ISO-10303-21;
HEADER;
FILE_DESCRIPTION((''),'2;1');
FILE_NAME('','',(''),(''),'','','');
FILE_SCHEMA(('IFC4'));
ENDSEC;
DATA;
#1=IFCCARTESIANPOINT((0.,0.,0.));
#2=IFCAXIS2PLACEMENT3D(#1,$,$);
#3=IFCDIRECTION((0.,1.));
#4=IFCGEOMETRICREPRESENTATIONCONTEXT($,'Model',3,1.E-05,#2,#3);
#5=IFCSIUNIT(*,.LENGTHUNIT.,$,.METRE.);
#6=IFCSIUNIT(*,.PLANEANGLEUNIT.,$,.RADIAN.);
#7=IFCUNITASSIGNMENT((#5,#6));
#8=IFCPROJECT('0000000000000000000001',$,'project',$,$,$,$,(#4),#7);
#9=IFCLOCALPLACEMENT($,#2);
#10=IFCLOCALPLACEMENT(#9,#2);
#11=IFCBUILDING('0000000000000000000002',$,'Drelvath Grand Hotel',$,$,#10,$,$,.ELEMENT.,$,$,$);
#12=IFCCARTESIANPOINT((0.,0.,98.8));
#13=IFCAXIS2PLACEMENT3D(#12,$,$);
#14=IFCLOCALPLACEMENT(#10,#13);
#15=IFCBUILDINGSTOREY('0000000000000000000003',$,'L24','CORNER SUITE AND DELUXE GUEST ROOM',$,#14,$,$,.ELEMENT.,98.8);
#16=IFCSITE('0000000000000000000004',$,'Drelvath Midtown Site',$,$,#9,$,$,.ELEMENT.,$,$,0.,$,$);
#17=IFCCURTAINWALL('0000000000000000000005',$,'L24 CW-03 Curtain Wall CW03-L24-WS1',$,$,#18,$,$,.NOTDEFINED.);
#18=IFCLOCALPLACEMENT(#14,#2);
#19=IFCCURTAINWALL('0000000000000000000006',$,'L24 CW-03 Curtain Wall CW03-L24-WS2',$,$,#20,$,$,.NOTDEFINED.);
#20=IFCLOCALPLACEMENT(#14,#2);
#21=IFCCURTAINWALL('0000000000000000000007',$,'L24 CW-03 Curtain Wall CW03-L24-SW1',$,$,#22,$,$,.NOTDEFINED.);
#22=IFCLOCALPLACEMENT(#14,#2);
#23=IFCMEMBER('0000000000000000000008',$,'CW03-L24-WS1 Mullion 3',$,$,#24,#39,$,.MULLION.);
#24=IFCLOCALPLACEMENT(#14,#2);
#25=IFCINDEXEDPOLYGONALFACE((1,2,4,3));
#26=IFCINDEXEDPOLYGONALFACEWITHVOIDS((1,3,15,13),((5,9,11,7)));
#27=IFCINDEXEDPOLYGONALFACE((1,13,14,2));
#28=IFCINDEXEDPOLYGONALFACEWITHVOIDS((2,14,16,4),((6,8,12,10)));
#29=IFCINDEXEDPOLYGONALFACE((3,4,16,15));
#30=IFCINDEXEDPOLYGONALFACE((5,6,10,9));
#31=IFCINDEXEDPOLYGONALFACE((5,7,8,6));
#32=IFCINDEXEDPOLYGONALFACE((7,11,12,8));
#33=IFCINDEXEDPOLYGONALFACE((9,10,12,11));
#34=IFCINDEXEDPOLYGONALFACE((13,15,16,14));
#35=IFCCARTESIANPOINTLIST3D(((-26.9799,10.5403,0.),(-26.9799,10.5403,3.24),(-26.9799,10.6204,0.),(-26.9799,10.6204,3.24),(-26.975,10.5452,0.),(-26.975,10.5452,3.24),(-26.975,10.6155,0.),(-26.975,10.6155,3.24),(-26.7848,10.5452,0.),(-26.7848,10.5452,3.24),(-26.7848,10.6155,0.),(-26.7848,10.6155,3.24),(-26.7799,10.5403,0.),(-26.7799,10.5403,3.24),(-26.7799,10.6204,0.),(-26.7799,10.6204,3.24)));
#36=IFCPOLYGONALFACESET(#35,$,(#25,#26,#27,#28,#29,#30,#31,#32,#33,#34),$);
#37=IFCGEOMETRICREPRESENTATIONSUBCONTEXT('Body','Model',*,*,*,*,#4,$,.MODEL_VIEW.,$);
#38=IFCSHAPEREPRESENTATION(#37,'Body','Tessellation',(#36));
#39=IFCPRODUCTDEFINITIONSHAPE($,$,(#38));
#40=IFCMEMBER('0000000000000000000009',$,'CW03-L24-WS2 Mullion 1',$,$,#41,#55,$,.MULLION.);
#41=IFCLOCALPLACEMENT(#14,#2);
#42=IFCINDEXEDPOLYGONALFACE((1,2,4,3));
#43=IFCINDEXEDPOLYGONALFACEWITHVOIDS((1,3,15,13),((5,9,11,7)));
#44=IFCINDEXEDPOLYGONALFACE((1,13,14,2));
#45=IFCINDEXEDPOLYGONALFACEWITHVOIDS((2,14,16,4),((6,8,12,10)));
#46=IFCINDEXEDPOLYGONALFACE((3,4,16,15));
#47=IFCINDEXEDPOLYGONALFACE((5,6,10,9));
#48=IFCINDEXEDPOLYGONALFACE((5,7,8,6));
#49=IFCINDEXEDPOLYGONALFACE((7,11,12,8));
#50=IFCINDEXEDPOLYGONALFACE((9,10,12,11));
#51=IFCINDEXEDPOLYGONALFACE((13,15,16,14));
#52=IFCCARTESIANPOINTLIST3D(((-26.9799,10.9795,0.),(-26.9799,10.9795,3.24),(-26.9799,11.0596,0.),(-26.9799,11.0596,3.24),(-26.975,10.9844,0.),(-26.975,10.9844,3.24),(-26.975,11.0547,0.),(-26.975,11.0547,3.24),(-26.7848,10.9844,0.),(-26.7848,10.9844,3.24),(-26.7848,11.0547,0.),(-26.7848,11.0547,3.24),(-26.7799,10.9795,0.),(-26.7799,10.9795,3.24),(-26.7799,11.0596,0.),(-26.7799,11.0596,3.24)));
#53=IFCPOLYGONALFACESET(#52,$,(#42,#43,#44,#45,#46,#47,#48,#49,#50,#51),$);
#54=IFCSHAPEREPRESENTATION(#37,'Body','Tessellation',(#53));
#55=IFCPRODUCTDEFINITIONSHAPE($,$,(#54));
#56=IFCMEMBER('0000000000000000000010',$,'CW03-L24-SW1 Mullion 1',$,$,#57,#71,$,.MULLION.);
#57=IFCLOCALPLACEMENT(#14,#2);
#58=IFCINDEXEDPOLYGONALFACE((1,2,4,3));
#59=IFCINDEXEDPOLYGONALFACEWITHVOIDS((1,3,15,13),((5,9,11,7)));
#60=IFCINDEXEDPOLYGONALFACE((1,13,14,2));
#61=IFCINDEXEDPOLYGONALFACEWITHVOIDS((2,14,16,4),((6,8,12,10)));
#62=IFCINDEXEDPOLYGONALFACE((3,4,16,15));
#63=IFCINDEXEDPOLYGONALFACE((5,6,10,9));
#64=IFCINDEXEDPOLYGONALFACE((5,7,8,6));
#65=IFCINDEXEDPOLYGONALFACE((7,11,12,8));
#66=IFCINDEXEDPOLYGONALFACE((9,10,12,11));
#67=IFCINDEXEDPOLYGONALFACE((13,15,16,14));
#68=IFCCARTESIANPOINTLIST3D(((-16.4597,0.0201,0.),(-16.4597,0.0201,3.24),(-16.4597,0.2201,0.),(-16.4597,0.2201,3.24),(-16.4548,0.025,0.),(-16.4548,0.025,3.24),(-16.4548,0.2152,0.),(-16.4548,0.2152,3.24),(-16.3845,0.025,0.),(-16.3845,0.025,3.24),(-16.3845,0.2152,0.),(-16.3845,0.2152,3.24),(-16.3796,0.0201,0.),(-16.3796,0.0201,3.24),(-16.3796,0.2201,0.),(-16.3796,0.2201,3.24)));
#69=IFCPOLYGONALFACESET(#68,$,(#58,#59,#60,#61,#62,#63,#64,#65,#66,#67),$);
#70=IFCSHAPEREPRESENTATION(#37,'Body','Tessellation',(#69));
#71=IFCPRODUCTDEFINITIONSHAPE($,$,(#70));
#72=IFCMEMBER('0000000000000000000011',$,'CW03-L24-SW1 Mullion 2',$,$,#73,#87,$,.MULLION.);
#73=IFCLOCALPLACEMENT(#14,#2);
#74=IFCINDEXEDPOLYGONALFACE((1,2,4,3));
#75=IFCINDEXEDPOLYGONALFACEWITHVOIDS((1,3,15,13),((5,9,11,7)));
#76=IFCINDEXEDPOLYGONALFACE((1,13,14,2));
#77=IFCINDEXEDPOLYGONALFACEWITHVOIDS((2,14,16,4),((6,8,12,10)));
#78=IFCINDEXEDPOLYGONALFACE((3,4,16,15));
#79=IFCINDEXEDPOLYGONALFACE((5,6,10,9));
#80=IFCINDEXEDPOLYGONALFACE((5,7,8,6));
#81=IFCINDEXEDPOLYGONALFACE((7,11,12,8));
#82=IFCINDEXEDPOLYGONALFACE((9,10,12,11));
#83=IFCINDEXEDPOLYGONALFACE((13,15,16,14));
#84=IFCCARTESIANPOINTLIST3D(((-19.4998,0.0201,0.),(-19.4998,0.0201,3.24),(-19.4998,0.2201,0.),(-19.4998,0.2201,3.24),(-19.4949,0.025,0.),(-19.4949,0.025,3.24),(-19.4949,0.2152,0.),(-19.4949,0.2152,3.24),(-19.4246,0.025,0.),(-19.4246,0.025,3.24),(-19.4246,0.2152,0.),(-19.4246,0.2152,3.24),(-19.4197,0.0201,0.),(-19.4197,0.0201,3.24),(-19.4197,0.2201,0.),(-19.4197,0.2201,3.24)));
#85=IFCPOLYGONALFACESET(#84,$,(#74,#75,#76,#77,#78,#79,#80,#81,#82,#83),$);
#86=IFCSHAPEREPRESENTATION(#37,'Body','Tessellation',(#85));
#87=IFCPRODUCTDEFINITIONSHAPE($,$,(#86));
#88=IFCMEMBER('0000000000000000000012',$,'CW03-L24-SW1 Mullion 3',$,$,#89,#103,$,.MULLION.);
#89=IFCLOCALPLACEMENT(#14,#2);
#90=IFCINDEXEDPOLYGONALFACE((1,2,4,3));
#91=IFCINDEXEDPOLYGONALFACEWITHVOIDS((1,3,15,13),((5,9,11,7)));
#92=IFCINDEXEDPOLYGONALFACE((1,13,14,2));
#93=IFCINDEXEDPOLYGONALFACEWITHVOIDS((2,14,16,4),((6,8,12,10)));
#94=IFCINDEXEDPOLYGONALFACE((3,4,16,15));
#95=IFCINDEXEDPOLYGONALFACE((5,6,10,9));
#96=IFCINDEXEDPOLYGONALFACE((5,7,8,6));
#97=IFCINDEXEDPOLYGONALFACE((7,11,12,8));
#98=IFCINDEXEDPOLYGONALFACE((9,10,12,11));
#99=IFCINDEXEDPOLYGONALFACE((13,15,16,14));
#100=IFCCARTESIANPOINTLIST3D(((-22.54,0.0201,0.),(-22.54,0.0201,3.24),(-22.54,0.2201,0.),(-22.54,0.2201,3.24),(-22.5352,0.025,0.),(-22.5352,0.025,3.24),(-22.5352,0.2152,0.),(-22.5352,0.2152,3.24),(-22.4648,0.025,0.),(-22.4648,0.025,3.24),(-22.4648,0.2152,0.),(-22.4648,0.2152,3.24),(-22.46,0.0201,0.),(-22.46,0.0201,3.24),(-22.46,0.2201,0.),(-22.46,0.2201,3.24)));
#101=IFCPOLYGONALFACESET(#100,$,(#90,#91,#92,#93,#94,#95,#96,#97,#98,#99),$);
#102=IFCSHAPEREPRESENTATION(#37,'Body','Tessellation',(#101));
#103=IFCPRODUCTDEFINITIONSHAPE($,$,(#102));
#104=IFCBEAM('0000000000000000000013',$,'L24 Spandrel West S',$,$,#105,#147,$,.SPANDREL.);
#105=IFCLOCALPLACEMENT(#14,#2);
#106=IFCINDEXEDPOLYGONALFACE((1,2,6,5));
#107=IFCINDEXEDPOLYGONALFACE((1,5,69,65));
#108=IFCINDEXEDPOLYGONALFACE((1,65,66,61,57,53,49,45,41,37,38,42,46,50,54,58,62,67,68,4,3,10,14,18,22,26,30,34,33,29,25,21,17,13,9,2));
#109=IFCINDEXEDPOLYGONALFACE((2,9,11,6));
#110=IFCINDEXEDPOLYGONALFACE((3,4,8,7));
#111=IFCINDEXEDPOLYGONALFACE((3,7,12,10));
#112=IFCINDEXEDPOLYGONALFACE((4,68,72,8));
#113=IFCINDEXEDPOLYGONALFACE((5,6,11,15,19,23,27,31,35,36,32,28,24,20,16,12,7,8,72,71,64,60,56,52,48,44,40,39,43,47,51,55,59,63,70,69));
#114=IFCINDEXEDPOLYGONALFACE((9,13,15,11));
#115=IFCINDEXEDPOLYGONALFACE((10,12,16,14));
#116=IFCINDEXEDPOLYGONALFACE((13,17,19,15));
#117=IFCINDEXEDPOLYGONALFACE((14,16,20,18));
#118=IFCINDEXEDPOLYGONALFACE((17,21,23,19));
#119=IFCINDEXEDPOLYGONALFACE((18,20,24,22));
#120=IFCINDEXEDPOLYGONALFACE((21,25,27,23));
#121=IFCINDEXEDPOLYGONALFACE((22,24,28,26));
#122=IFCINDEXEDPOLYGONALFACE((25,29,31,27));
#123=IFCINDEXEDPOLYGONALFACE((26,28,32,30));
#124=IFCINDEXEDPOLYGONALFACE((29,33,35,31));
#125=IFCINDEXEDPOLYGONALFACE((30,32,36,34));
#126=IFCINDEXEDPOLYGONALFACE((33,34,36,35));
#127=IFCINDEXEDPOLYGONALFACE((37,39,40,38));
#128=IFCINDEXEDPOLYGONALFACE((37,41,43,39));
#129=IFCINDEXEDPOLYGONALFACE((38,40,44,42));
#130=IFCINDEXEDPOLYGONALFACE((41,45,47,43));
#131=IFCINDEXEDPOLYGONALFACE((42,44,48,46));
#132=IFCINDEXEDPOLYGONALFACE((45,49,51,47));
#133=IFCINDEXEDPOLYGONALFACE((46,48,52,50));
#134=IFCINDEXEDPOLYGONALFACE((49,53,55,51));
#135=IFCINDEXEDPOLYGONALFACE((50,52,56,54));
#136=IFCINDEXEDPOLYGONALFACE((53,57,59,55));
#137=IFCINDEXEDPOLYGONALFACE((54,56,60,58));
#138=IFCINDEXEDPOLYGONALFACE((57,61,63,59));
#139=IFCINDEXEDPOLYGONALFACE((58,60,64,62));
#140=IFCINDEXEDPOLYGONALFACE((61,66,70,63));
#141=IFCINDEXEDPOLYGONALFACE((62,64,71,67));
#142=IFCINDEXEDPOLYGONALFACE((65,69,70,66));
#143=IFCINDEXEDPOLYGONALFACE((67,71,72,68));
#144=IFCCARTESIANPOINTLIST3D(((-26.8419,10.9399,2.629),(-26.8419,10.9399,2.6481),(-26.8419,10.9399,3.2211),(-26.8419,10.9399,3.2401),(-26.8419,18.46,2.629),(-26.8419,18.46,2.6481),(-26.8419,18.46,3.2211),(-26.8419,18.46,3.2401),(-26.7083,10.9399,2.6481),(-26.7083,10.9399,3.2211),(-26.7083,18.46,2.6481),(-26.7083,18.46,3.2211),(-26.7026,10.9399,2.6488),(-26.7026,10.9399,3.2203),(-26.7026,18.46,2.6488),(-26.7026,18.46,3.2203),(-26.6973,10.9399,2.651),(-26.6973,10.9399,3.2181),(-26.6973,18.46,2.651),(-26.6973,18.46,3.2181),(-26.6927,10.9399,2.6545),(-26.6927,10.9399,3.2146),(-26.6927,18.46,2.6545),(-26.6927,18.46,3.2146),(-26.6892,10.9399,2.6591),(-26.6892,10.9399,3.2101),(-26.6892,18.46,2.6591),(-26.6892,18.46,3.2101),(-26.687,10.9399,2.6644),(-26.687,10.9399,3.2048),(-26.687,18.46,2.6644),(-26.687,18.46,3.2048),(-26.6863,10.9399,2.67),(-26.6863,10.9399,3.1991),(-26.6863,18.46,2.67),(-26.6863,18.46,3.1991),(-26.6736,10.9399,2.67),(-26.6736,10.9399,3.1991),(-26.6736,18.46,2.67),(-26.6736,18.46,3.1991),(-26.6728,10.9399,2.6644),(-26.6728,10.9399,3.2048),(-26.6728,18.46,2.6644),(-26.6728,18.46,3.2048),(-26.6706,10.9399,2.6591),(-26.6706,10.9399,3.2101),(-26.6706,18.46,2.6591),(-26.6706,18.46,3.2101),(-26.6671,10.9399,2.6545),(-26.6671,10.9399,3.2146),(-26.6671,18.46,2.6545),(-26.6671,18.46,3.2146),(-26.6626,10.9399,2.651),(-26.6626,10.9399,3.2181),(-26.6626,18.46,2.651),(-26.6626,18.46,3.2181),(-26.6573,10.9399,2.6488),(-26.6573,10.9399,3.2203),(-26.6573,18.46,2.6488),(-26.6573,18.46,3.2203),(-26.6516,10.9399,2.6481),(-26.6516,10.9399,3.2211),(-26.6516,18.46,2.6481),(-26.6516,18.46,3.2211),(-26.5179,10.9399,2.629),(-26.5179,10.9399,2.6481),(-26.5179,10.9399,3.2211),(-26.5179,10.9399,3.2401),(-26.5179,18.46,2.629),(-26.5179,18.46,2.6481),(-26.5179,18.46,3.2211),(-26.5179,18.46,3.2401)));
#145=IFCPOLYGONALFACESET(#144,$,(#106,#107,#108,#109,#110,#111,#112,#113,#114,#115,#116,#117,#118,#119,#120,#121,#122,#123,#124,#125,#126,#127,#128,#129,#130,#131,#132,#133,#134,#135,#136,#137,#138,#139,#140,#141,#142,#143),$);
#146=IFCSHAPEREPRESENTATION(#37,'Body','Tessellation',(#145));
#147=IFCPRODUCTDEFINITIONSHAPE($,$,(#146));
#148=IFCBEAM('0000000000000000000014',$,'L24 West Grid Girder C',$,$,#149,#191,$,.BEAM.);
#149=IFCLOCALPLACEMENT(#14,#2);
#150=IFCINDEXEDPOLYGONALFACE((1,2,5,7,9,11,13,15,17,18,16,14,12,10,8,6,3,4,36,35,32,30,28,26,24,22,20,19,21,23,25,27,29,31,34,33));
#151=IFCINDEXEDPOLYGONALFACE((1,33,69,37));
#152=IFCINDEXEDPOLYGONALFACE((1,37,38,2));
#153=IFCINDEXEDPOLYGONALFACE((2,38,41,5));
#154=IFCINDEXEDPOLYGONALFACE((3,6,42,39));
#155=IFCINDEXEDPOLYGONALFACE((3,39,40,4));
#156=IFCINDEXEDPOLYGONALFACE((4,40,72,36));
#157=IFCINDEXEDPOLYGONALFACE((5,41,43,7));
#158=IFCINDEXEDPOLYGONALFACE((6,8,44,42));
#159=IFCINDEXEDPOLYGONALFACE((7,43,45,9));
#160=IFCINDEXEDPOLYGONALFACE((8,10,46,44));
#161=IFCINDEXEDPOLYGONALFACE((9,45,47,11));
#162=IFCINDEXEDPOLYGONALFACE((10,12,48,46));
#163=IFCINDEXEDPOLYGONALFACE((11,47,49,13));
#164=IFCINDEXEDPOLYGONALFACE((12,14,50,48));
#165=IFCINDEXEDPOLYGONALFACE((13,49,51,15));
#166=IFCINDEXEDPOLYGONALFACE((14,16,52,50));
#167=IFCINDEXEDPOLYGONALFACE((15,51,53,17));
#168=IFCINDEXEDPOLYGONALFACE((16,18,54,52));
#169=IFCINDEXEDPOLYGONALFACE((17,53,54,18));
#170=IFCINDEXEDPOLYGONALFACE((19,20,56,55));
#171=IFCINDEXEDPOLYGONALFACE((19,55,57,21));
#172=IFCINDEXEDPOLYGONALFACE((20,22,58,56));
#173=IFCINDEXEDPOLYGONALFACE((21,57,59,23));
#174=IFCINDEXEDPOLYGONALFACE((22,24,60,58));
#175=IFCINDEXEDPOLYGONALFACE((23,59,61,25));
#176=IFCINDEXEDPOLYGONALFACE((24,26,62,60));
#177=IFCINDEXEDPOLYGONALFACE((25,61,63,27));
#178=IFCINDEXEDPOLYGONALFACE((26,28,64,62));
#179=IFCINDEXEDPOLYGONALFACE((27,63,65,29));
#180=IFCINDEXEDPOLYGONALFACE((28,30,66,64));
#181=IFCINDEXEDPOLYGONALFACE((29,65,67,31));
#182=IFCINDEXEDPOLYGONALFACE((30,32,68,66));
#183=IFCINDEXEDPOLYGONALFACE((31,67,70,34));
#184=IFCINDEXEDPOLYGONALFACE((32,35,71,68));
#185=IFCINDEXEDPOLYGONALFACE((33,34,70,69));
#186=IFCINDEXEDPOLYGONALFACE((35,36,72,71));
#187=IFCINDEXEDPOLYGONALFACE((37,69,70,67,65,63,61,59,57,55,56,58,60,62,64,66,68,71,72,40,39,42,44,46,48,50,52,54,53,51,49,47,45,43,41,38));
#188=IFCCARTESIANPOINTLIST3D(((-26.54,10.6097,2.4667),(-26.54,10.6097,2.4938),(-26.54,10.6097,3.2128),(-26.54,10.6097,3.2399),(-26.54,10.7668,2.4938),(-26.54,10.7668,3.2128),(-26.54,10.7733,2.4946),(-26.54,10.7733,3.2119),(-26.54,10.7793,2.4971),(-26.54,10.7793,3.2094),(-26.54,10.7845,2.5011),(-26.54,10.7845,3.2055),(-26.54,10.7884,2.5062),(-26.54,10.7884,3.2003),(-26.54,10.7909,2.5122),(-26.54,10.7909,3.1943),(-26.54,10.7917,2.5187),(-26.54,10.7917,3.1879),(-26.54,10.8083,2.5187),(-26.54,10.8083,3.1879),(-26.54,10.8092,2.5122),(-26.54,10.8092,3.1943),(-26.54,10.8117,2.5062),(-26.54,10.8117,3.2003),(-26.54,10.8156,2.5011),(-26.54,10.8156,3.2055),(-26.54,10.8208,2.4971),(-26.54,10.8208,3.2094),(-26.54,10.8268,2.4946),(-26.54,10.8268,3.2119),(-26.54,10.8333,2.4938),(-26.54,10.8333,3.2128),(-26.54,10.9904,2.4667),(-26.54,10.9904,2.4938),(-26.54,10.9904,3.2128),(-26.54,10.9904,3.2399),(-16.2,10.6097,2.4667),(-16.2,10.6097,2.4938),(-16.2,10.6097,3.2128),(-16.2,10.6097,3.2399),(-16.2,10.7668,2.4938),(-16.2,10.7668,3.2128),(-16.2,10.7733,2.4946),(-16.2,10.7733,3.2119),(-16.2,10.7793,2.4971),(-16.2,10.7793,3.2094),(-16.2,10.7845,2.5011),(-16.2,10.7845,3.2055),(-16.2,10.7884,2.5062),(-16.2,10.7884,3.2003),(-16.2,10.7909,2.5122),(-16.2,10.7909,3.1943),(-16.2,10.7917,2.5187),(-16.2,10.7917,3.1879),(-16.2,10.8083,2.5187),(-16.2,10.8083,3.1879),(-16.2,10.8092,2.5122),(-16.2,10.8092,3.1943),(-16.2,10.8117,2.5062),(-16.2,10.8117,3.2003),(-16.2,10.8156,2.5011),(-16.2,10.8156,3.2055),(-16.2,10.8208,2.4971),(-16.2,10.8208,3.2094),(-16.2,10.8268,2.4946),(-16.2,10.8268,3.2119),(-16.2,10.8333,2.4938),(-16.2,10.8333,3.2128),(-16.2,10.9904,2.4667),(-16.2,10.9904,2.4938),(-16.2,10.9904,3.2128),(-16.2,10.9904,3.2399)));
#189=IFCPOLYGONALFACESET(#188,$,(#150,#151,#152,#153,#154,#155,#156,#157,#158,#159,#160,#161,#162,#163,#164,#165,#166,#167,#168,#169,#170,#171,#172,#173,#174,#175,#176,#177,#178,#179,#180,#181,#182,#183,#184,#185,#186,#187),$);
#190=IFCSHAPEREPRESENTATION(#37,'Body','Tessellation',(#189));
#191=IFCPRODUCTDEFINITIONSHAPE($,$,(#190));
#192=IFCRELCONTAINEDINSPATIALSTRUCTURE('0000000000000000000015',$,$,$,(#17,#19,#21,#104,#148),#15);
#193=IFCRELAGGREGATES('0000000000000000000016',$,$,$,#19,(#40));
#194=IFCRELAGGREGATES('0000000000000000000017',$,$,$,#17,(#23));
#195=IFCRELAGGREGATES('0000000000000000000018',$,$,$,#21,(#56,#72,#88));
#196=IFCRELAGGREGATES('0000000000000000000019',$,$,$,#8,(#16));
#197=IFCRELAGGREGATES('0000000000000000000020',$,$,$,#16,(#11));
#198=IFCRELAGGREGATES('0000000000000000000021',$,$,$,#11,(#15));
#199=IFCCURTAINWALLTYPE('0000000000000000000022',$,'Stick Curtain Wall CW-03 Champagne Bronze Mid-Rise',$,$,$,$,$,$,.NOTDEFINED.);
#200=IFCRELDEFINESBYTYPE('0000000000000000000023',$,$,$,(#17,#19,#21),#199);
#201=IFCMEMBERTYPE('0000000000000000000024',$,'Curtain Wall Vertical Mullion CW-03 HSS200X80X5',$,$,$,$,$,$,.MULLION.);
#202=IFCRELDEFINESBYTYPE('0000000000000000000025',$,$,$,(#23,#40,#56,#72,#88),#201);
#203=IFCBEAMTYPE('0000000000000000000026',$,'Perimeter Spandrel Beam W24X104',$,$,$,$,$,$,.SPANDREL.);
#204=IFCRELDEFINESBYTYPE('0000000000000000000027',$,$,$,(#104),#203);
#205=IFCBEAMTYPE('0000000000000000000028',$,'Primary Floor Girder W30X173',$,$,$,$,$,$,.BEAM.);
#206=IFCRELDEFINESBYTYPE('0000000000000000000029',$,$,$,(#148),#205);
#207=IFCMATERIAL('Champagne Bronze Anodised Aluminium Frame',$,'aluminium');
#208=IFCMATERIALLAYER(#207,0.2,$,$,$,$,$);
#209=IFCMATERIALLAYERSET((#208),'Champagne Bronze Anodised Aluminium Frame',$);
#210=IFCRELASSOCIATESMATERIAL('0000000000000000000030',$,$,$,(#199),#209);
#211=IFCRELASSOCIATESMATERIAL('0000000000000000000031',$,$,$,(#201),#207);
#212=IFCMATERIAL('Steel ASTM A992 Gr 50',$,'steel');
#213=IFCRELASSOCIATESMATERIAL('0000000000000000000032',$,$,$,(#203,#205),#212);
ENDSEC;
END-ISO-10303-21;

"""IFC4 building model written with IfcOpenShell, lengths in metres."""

from ifc_helpers import new_model, si_unit, direction, frame, origin, origin_2d, place, context, subcontext, project, spatial, hollow_rectangle, i_section, extrude, material, layer, layer_set, material_profile, profile_set, type_object, element, aggregate, save


model = new_model("IFC4")

# Units and contexts
model_context = context("Model", 3, precision=1e-05, world=origin(), true_north=direction((0.0, 1.0)))
body_context = subcontext(model_context, "Body", "Model", "MODEL_VIEW")
ifc_project = project(units=[si_unit("LENGTHUNIT", "METRE"), si_unit("PLANEANGLEUNIT", "RADIAN")], contexts=[model_context])

# Site, building, storey
site_placement = place(None, origin())
site = spatial("IfcSite", under=ifc_project, at=site_placement, Name="Drelvath Midtown Site", CompositionType="ELEMENT", RefElevation=0.0)
building_placement = place(site_placement, origin())
building = spatial("IfcBuilding", under=site, at=building_placement, Name="Drelvath Grand Hotel", CompositionType="ELEMENT")
storey_placement = place(building_placement, frame((0.0, 0.0, 98.8)))
storey = spatial("IfcBuildingStorey", under=building, at=storey_placement, Name="L24", Description="CORNER SUITE AND DELUXE GUEST ROOM", CompositionType="ELEMENT", Elevation=98.8)

# Curtain walls
ifc_material_1 = material(Name="Champagne Bronze Anodised Aluminium Frame", Category="aluminium")
ifc_layer_1 = layer(ifc_material_1, 0.2)
ifc_layer_set_1 = layer_set([ifc_layer_1], Name="Champagne Bronze Anodised Aluminium Frame")
curtain_wall_type = type_object("IfcCurtainWallType", Name="Stick Curtain Wall CW-03 Champagne Bronze Mid-Rise", PredefinedType="NOTDEFINED", material=ifc_layer_set_1)
curtain_wall_1_placement = place(storey_placement, origin())
curtain_wall_1 = element("IfcCurtainWall", 1, at=curtain_wall_1_placement, inside=storey, type_object=curtain_wall_type, Name="L24 CW-03 Curtain Wall CW03-L24-WS1", PredefinedType="NOTDEFINED")
curtain_wall_2_placement = place(storey_placement, origin())
curtain_wall_2 = element("IfcCurtainWall", 2, at=curtain_wall_2_placement, inside=storey, type_object=curtain_wall_type, Name="L24 CW-03 Curtain Wall CW03-L24-WS2", PredefinedType="NOTDEFINED")
curtain_wall_3_placement = place(storey_placement, origin())
curtain_wall_3 = element("IfcCurtainWall", 3, at=curtain_wall_3_placement, inside=storey, type_object=curtain_wall_type, Name="L24 CW-03 Curtain Wall CW03-L24-SW1", PredefinedType="NOTDEFINED")

# Members
ifc_material_profile_1 = material_profile(ifc_material_1, hollow_rectangle(XDim=0.0801, YDim=0.2, WallThickness=0.0049, at=origin_2d()), Name="HSS200X80X5")
ifc_profile_set_1 = profile_set([ifc_material_profile_1], Name="Champagne Bronze Anodised Aluminium Frame")
member_type_1 = type_object("IfcMemberType", Name="Curtain Wall Vertical Mullion CW-03 HSS200X80X5", PredefinedType="MULLION", material=ifc_profile_set_1)
member_1_placement = place(storey_placement, frame((-26.8799, 10.5803, 0.0), z_axis=(0.0, 0.0, 1.0), x_axis=(0.0, 1.0, 0.0)))
member_1 = element("IfcMember", 4, at=member_1_placement, type_object=member_type_1, Name="CW03-L24-WS1 Mullion 3", PredefinedType="MULLION", context=body_context, shape_type="SweptSolid", body=[
    extrude(hollow_rectangle(XDim=0.0801, YDim=0.2, WallThickness=0.0049, at=origin_2d()), origin(), (0.0, 0.0, 1.0), 3.24),
])
member_2_placement = place(storey_placement, frame((-26.8799, 11.0195, 0.0), z_axis=(0.0, 0.0, 1.0), x_axis=(0.0, 1.0, 0.0)))
member_2 = element("IfcMember", 5, at=member_2_placement, type_object=member_type_1, Name="CW03-L24-WS2 Mullion 1", PredefinedType="MULLION", context=body_context, shape_type="SweptSolid", body=[
    extrude(hollow_rectangle(XDim=0.0801, YDim=0.2, WallThickness=0.0049, at=origin_2d()), origin(), (0.0, 0.0, 1.0), 3.24),
])
aggregate(curtain_wall_2, [member_2])
member_3_placement = place(storey_placement, frame((-16.4197, 0.1201, 0.0), z_axis=(0.0, 0.0, 1.0), x_axis=(1.0, 0.0, 0.0)))
member_3 = element("IfcMember", 6, at=member_3_placement, type_object=member_type_1, Name="CW03-L24-SW1 Mullion 1", PredefinedType="MULLION", context=body_context, shape_type="SweptSolid", body=[
    extrude(hollow_rectangle(XDim=0.0801, YDim=0.2, WallThickness=0.0049, at=origin_2d()), origin(), (0.0, 0.0, 1.0), 3.24),
])
member_4_placement = place(storey_placement, frame((-19.4597, 0.1201, 0.0), z_axis=(0.0, 0.0, 1.0), x_axis=(1.0, 0.0, 0.0)))
member_4 = element("IfcMember", 7, at=member_4_placement, type_object=member_type_1, Name="CW03-L24-SW1 Mullion 2", PredefinedType="MULLION", context=body_context, shape_type="SweptSolid", body=[
    extrude(hollow_rectangle(XDim=0.0801, YDim=0.2, WallThickness=0.0049, at=origin_2d()), origin(), (0.0, 0.0, 1.0), 3.24),
])
member_5_placement = place(storey_placement, frame((-22.5, 0.1201, 0.0), z_axis=(0.0, 0.0, 1.0), x_axis=(1.0, 0.0, 0.0)))
member_5 = element("IfcMember", 8, at=member_5_placement, type_object=member_type_1, Name="CW03-L24-SW1 Mullion 3", PredefinedType="MULLION", context=body_context, shape_type="SweptSolid", body=[
    extrude(hollow_rectangle(XDim=0.0801, YDim=0.2, WallThickness=0.0049, at=origin_2d()), origin(), (0.0, 0.0, 1.0), 3.24),
])

# Beams
ifc_material_2 = material(Name="Steel ASTM A992 Gr 50", Category="steel")
ifc_material_profile_2 = material_profile(ifc_material_2, i_section(OverallWidth=0.324, OverallDepth=0.6111, WebThickness=0.0127, FlangeThickness=0.019, FilletRadius=0.022, at=origin_2d()), Name="W24X104")
ifc_profile_set_2 = profile_set([ifc_material_profile_2], Name="Steel ASTM A992 Gr 50")
beam_type_1 = type_object("IfcBeamType", Name="Perimeter Spandrel Beam W24X104", PredefinedType="SPANDREL", material=ifc_profile_set_2)
beam_1_placement = place(storey_placement, frame((-26.6799, 10.9399, 2.9346), z_axis=(0.0, 1.0, 0.0), x_axis=(-1.0, 0.0, 0.0)))
element("IfcBeam", 9, at=beam_1_placement, inside=storey, type_object=beam_type_1, Name="L24 Spandrel West S", PredefinedType="SPANDREL", context=body_context, shape_type="SweptSolid", body=[
    extrude(i_section(OverallWidth=0.324, OverallDepth=0.6111, WebThickness=0.0127, FlangeThickness=0.019, FilletRadius=0.022, at=origin_2d()), origin(), (0.0, 0.0, 1.0), 7.52),
])
ifc_material_profile_3 = material_profile(ifc_material_2, i_section(OverallWidth=0.3806, OverallDepth=0.7732, WebThickness=0.0166, FlangeThickness=0.0271, FilletRadius=0.0249, at=origin_2d()), Name="W30X173")
ifc_profile_set_3 = profile_set([ifc_material_profile_3], Name="Steel ASTM A992 Gr 50")
beam_type_2 = type_object("IfcBeamType", Name="Primary Floor Girder W30X173", PredefinedType="BEAM", material=ifc_profile_set_3)
beam_2_placement = place(storey_placement, frame((-26.54, 10.8, 2.8533), z_axis=(1.0, 0.0, 0.0), x_axis=(0.0, 1.0, 0.0)))
element("IfcBeam", 10, at=beam_2_placement, inside=storey, type_object=beam_type_2, Name="L24 West Grid Girder C", PredefinedType="BEAM", context=body_context, shape_type="SweptSolid", body=[
    extrude(i_section(OverallWidth=0.3806, OverallDepth=0.7732, WebThickness=0.0166, FlangeThickness=0.0271, FilletRadius=0.0249, at=origin_2d()), origin(), (0.0, 0.0, 1.0), 10.3401),
])

aggregate(curtain_wall_1, [member_1])
aggregate(curtain_wall_3, [member_3, member_4, member_5])

save(model, "model.ifc")
